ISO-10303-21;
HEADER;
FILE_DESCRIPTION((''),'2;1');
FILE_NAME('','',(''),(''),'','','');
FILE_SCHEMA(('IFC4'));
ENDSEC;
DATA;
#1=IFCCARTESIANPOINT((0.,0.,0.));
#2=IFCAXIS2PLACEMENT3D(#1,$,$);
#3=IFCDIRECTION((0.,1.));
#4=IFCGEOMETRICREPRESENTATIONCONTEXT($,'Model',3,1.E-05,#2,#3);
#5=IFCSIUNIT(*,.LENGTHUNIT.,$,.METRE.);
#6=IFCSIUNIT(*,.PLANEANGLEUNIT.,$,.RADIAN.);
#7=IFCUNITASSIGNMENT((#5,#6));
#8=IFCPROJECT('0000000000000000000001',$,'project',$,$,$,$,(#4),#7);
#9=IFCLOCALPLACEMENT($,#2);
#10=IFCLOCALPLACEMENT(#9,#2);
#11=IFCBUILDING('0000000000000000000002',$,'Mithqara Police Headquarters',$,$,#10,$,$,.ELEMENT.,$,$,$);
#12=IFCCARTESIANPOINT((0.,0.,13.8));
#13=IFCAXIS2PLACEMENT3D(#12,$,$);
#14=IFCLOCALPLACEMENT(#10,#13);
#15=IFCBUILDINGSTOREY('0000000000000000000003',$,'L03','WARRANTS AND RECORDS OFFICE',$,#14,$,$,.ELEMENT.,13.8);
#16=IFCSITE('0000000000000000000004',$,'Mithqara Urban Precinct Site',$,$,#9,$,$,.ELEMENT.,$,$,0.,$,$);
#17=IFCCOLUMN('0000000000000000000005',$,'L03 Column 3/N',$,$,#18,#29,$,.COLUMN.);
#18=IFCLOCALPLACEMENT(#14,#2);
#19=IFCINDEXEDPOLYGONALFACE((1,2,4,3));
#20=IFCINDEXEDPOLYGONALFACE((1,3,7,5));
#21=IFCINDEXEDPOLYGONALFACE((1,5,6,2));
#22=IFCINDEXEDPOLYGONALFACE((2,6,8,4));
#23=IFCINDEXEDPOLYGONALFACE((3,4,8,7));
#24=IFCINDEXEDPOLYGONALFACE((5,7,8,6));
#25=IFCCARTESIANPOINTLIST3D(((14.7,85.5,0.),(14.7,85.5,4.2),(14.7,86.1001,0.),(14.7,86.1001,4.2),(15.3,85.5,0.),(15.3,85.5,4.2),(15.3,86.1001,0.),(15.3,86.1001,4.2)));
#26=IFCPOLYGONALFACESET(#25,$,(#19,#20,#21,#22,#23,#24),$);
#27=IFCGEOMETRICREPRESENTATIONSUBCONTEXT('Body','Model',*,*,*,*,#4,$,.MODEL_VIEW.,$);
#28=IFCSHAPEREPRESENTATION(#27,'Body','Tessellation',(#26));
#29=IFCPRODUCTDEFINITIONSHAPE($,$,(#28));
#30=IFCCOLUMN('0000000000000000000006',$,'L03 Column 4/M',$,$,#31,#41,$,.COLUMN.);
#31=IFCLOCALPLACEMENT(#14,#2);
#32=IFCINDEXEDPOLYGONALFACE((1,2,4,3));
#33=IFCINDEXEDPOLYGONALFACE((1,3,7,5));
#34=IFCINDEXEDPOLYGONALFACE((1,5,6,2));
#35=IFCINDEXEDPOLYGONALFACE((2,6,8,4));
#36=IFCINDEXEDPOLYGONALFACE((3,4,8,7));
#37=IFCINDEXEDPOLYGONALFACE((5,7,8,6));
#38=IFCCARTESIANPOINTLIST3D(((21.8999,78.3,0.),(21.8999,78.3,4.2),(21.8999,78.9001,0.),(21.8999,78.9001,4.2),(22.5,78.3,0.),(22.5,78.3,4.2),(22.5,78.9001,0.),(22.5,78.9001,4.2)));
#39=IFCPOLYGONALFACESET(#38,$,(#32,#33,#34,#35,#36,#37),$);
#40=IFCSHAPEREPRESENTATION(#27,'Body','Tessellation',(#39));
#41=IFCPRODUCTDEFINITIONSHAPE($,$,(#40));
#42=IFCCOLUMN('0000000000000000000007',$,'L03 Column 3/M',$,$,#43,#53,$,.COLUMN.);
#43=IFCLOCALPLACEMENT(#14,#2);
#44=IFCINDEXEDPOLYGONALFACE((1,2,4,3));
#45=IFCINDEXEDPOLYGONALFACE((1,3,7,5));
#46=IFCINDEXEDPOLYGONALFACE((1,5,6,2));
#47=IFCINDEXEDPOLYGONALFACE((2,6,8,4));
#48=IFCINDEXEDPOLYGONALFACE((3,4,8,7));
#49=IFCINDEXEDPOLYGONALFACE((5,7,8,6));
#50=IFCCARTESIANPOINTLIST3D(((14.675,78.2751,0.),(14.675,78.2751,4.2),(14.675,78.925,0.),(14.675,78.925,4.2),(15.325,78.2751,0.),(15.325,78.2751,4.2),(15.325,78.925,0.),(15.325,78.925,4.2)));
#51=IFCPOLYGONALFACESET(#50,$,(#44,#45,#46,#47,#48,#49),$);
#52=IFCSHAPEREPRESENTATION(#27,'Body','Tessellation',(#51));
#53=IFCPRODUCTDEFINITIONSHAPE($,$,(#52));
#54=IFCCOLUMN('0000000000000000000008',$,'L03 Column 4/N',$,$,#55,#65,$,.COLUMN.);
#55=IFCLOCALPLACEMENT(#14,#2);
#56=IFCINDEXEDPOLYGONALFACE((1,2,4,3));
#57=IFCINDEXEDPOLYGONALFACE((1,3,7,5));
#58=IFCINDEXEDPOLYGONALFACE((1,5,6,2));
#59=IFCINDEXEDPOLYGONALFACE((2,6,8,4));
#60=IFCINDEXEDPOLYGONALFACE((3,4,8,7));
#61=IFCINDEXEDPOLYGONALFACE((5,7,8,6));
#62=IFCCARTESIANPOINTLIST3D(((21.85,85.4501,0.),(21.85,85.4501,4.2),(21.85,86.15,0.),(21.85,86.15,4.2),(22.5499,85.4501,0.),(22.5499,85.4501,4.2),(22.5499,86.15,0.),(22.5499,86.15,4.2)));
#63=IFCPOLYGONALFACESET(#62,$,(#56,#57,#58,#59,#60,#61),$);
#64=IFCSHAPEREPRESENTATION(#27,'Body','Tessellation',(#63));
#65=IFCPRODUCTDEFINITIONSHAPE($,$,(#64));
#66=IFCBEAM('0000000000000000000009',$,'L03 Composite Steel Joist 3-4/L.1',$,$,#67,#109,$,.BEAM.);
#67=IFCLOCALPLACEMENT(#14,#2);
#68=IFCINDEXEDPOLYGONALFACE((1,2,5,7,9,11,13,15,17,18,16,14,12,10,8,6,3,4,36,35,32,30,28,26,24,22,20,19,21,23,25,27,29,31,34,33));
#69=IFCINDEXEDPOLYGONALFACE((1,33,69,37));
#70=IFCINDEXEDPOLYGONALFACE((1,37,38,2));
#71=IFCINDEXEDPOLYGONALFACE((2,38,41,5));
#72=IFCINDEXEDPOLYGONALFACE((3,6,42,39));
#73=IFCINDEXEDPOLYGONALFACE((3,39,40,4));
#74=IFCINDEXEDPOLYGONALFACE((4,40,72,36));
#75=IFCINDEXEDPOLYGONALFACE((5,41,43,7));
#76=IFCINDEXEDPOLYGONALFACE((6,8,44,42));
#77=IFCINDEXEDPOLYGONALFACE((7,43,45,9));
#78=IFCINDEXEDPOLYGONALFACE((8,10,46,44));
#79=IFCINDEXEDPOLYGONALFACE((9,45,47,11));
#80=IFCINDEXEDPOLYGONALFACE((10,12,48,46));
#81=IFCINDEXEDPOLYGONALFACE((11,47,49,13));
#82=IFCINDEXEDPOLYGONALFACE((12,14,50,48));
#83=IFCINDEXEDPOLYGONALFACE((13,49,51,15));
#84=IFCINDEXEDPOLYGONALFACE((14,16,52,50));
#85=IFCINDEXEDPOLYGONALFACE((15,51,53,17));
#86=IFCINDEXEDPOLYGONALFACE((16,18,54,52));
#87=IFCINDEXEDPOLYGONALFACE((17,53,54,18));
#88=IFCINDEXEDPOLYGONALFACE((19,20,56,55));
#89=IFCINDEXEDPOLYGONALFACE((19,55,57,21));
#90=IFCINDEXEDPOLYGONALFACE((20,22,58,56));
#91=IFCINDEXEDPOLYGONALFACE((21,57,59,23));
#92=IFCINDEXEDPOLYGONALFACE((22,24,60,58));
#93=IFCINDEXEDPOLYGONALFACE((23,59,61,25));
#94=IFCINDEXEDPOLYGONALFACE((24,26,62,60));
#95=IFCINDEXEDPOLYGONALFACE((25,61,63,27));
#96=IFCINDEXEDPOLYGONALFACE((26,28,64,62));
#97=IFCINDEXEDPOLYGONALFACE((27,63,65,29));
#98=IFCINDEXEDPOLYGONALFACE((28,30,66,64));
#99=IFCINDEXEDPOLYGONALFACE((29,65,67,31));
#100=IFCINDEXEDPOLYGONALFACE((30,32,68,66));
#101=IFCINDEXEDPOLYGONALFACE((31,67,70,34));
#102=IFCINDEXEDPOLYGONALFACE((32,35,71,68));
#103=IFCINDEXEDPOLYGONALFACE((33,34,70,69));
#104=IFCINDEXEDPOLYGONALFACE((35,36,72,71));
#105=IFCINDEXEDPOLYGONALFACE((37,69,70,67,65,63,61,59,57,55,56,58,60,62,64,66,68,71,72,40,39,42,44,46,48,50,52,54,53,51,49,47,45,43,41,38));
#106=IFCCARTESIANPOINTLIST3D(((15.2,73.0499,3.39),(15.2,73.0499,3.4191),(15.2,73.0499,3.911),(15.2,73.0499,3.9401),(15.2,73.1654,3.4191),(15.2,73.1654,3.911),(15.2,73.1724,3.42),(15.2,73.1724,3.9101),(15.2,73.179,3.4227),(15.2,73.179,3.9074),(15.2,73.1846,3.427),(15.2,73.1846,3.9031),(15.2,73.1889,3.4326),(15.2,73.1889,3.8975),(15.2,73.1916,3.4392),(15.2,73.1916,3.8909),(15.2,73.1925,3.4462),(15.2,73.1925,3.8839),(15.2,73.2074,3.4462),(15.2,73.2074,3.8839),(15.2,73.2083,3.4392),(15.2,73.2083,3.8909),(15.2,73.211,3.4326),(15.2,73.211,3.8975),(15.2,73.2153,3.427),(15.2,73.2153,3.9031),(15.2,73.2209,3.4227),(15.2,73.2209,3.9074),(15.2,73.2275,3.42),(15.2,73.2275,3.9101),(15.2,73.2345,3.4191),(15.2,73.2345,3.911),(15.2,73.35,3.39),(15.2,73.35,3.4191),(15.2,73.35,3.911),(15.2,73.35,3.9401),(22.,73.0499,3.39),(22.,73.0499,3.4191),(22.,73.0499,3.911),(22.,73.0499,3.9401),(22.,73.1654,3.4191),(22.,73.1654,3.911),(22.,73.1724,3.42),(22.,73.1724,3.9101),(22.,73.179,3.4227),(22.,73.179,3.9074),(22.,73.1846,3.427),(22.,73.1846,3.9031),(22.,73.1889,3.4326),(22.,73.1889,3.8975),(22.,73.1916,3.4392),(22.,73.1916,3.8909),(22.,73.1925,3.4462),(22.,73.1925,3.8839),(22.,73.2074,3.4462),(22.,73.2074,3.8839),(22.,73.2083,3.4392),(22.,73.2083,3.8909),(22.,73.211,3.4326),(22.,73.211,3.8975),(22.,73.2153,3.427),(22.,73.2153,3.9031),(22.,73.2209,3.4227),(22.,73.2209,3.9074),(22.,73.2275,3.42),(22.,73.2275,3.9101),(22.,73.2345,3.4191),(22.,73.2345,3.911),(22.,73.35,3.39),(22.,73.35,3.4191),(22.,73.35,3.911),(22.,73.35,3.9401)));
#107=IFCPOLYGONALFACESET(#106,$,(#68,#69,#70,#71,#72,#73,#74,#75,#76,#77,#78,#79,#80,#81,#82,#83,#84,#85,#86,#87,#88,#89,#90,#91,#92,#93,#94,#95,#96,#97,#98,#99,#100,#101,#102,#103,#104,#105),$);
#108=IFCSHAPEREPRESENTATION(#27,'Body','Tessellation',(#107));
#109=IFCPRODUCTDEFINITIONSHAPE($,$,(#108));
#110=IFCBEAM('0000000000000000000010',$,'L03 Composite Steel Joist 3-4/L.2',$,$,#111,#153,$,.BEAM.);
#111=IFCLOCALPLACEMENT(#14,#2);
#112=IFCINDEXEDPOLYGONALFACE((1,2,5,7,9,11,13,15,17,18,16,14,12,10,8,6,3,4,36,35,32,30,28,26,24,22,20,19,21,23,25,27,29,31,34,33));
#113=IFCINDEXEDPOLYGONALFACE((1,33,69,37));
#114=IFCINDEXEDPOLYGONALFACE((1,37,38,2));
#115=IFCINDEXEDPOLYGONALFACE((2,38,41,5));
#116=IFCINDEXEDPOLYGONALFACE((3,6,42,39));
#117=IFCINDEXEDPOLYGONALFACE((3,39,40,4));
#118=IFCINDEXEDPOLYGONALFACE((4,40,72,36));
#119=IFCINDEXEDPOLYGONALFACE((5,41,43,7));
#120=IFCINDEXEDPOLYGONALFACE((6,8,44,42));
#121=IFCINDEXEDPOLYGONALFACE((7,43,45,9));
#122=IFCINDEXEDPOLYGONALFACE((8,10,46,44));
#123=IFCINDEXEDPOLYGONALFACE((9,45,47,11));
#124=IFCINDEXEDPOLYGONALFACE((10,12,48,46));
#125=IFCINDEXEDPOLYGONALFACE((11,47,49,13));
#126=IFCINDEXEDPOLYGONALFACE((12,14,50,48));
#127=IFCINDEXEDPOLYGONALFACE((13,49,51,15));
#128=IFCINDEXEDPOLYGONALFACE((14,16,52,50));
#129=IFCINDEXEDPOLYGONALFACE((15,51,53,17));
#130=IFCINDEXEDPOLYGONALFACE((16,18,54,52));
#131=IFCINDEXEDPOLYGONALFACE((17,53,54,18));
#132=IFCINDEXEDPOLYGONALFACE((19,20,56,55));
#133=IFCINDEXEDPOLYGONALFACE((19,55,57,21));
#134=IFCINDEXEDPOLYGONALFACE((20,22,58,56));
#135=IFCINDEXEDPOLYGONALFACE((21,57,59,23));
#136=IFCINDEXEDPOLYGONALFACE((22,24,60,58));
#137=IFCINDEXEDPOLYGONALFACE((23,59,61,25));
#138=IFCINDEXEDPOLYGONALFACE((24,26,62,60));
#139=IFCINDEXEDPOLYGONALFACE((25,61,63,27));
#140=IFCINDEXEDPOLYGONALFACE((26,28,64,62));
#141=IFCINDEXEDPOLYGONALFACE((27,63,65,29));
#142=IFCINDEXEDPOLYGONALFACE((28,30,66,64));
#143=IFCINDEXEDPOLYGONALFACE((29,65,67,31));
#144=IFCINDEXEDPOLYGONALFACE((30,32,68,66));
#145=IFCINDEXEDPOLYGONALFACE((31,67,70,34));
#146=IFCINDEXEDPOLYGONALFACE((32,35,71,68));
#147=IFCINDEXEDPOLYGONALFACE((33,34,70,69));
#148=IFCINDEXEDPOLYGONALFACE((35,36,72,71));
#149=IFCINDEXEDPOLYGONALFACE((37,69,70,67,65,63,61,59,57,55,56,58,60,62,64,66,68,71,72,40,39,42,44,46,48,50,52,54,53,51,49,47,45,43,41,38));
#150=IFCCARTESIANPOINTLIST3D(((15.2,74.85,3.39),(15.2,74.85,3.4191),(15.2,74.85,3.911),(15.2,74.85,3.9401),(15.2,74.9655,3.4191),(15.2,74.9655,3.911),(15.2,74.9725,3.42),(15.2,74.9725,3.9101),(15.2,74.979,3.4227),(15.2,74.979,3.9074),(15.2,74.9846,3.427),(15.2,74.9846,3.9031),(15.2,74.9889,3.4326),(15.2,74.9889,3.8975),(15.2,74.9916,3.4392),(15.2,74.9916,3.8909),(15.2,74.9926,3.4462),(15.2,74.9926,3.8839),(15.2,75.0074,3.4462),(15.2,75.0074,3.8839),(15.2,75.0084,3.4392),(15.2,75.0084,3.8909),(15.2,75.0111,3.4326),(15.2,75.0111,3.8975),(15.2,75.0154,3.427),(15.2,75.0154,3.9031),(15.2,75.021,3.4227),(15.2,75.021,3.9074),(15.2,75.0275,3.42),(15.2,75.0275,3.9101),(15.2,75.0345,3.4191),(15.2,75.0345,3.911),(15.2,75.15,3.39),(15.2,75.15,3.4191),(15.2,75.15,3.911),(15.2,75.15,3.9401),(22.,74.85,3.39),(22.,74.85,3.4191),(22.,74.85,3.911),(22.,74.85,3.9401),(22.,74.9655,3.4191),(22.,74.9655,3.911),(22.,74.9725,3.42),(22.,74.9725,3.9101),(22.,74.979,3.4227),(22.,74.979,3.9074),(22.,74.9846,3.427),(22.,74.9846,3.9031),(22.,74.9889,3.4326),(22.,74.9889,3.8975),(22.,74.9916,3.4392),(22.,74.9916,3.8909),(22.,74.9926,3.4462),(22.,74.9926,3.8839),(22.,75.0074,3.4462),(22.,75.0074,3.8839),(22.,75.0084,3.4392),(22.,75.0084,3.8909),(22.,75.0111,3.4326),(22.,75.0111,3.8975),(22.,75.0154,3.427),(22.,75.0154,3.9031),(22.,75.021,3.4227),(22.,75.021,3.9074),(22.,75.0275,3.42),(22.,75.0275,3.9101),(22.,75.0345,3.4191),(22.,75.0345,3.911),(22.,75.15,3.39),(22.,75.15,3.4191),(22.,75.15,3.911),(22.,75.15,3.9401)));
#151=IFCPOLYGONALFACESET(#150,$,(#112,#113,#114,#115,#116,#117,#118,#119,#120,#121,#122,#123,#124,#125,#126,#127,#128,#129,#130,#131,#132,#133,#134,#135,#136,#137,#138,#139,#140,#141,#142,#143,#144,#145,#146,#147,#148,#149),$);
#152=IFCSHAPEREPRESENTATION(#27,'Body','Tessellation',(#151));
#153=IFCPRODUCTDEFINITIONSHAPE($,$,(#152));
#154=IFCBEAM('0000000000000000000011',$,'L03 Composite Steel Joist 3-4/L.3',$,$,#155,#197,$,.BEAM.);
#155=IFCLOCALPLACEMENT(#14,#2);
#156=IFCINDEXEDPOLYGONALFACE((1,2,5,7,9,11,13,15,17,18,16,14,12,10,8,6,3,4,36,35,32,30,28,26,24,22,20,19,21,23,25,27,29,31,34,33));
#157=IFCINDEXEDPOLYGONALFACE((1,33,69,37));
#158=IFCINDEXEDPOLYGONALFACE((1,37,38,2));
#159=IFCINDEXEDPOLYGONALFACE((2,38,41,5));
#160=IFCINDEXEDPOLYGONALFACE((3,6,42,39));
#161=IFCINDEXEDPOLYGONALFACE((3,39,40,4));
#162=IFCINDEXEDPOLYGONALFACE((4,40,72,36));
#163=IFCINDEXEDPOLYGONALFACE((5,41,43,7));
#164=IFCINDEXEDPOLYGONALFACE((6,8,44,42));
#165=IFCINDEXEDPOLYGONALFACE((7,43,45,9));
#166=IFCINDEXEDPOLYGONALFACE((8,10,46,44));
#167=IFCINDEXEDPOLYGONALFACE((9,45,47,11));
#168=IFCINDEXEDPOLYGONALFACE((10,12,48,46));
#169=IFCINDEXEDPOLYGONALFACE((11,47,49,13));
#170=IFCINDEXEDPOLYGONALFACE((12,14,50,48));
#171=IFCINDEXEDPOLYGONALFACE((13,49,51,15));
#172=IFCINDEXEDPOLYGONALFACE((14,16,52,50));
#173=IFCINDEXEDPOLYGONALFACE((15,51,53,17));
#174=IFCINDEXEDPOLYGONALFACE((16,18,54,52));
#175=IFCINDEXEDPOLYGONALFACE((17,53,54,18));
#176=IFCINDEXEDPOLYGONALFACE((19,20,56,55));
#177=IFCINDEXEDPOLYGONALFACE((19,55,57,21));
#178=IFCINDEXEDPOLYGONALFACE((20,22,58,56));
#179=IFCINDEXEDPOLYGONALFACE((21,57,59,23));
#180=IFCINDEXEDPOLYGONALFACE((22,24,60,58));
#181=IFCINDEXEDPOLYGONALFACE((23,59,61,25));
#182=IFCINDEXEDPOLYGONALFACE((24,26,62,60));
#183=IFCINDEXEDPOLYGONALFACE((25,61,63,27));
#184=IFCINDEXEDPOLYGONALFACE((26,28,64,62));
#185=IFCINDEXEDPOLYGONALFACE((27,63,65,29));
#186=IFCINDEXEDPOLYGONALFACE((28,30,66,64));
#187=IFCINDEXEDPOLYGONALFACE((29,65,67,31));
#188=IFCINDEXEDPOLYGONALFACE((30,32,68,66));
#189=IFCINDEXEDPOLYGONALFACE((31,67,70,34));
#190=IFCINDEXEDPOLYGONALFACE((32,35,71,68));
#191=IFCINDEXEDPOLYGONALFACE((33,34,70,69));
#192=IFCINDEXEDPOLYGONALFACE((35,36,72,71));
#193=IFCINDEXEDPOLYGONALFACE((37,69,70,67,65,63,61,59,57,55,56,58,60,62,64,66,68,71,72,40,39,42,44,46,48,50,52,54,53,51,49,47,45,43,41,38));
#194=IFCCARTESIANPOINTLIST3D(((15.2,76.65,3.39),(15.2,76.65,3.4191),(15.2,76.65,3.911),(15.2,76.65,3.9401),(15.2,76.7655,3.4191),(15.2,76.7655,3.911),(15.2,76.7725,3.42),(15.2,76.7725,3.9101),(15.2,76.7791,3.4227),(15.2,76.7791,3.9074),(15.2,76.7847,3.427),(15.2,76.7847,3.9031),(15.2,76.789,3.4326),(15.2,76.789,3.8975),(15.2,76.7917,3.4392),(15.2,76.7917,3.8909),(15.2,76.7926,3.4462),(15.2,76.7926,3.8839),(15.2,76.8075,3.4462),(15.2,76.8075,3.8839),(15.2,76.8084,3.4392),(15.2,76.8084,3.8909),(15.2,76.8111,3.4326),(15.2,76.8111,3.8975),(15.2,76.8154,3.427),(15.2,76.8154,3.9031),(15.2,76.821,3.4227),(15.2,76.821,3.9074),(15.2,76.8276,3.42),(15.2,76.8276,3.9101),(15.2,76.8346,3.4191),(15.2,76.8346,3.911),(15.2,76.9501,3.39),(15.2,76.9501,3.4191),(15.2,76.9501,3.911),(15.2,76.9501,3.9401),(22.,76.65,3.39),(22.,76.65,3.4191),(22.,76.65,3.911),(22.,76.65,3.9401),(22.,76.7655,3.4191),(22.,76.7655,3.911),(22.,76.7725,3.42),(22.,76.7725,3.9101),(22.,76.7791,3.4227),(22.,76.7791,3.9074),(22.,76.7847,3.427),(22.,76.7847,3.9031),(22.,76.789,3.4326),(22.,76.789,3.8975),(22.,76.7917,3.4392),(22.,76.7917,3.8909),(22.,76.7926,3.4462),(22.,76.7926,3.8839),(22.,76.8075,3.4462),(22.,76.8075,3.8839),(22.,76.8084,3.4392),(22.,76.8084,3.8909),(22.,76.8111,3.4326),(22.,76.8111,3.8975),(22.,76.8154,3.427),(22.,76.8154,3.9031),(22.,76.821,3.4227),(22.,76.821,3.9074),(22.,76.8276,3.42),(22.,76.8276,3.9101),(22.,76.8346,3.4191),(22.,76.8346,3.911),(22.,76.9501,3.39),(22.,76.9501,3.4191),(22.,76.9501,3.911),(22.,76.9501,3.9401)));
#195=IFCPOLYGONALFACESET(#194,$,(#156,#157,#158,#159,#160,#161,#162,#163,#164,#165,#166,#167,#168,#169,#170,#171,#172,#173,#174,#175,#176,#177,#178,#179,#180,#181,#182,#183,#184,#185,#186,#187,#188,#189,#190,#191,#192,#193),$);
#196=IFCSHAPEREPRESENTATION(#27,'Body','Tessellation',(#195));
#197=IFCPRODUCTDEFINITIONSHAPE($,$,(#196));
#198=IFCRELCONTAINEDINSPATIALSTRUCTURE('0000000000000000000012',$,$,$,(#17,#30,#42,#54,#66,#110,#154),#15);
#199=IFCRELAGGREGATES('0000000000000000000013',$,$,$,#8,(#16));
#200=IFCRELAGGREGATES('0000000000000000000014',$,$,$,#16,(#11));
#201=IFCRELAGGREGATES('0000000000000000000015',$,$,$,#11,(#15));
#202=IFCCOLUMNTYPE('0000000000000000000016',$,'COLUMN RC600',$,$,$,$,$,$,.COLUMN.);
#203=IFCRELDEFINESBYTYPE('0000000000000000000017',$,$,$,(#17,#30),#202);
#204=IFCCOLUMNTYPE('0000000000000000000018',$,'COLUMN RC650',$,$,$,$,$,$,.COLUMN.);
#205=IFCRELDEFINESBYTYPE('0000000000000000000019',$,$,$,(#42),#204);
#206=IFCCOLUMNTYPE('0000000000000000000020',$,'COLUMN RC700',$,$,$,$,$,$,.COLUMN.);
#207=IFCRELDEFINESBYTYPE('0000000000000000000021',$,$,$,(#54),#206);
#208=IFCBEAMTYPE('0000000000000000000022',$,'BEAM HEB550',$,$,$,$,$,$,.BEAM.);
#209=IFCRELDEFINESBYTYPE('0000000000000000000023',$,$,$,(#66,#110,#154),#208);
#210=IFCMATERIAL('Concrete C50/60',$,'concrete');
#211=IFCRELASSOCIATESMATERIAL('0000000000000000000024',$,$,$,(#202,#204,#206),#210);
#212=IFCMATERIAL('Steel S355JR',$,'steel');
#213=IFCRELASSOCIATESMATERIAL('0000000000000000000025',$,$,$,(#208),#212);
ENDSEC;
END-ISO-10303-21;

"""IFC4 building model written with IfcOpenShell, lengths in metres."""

from ifc_helpers import new_model, si_unit, direction, frame, origin, origin_2d, place, context, subcontext, project, spatial, rectangle, i_section, extrude, material, material_profile, profile_set, type_object, element, save


model = new_model("IFC4")

# Units and contexts
model_context = context("Model", 3, precision=1e-05, world=origin(), true_north=direction((0.0, 1.0)))
body_context = subcontext(model_context, "Body", "Model", "MODEL_VIEW")
ifc_project = project(units=[si_unit("LENGTHUNIT", "METRE"), si_unit("PLANEANGLEUNIT", "RADIAN")], contexts=[model_context])

# Site, building, storey
site_placement = place(None, origin())
site = spatial("IfcSite", under=ifc_project, at=site_placement, Name="Mithqara Urban Precinct Site", CompositionType="ELEMENT", RefElevation=0.0)
building_placement = place(site_placement, origin())
building = spatial("IfcBuilding", under=site, at=building_placement, Name="Mithqara Police Headquarters", CompositionType="ELEMENT")
storey_placement = place(building_placement, frame((0.0, 0.0, 13.8)))
storey = spatial("IfcBuildingStorey", under=building, at=storey_placement, Name="L03", Description="WARRANTS AND RECORDS OFFICE", CompositionType="ELEMENT", Elevation=13.8)

# Columns
ifc_material_1 = material(Name="Concrete C50/60", Category="concrete")
ifc_material_profile_1 = material_profile(ifc_material_1, rectangle(XDim=0.6001, YDim=0.6001, at=origin_2d()), Name="RC 600x600")
ifc_profile_set_1 = profile_set([ifc_material_profile_1], Name="Concrete C50/60")
column_type_1 = type_object("IfcColumnType", Name="COLUMN RC600", PredefinedType="COLUMN", material=ifc_profile_set_1)
for number, where, z_axis, x_axis, name in (
    (1, (15.0, 85.8, 0.0), (0.0, 0.0, 1.0), (1.0, 0.0, 0.0), "L03 Column 3/N"),
    (2, (22.2, 78.6001, 0.0), (0.0, 0.0, 1.0), (1.0, 0.0, 0.0), "L03 Column 4/M"),
):
    element("IfcColumn", number, at=place(storey_placement, frame(where, z_axis=z_axis, x_axis=x_axis)), inside=storey, type_object=column_type_1, Name=name, PredefinedType="COLUMN", context=body_context, shape_type="SweptSolid", body=[
        extrude(rectangle(XDim=0.6001, YDim=0.6001, at=origin_2d()), origin(), (0.0, 0.0, 1.0), 4.2),
    ])
ifc_material_profile_2 = material_profile(ifc_material_1, rectangle(XDim=0.6499, YDim=0.6499, at=origin_2d()), Name="RC 650x650")
ifc_profile_set_2 = profile_set([ifc_material_profile_2], Name="Concrete C50/60")
column_type_2 = type_object("IfcColumnType", Name="COLUMN RC650", PredefinedType="COLUMN", material=ifc_profile_set_2)
column_1_placement = place(storey_placement, frame((15.0, 78.6001, 0.0), z_axis=(0.0, 0.0, 1.0), x_axis=(1.0, 0.0, 0.0)))
element("IfcColumn", 3, at=column_1_placement, inside=storey, type_object=column_type_2, Name="L03 Column 3/M", PredefinedType="COLUMN", context=body_context, shape_type="SweptSolid", body=[
    extrude(rectangle(XDim=0.6499, YDim=0.6499, at=origin_2d()), origin(), (0.0, 0.0, 1.0), 4.2),
])
ifc_material_profile_3 = material_profile(ifc_material_1, rectangle(XDim=0.7, YDim=0.7, at=origin_2d()), Name="RC 700x700")
ifc_profile_set_3 = profile_set([ifc_material_profile_3], Name="Concrete C50/60")
column_type_3 = type_object("IfcColumnType", Name="COLUMN RC700", PredefinedType="COLUMN", material=ifc_profile_set_3)
column_2_placement = place(storey_placement, frame((22.2, 85.8, 0.0), z_axis=(0.0, 0.0, 1.0), x_axis=(1.0, 0.0, 0.0)))
element("IfcColumn", 4, at=column_2_placement, inside=storey, type_object=column_type_3, Name="L03 Column 4/N", PredefinedType="COLUMN", context=body_context, shape_type="SweptSolid", body=[
    extrude(rectangle(XDim=0.7, YDim=0.7, at=origin_2d()), origin(), (0.0, 0.0, 1.0), 4.2),
])

# Beams
ifc_material_2 = material(Name="Steel S355JR", Category="steel")
ifc_material_profile_4 = material_profile(ifc_material_2, i_section(OverallWidth=0.3, OverallDepth=0.55, WebThickness=0.0149, FlangeThickness=0.0291, FilletRadius=0.0271, at=origin_2d()), Name="HEB 550")
ifc_profile_set_4 = profile_set([ifc_material_profile_4], Name="Steel S355JR")
beam_type_1 = type_object("IfcBeamType", Name="BEAM HEB550", PredefinedType="BEAM", material=ifc_profile_set_4)
for number, where, z_axis, x_axis, name in (
    (5, (15.2, 73.2, 3.665), (1.0, 0.0, 0.0), (0.0, 1.0, 0.0), "L03 Composite Steel Joist 3-4/L.1"),
    (6, (15.2, 75.0, 3.665), (1.0, 0.0, 0.0), (0.0, 1.0, 0.0), "L03 Composite Steel Joist 3-4/L.2"),
    (7, (15.2, 76.8, 3.665), (1.0, 0.0, 0.0), (0.0, 1.0, 0.0), "L03 Composite Steel Joist 3-4/L.3"),
):
    element("IfcBeam", number, at=place(storey_placement, frame(where, z_axis=z_axis, x_axis=x_axis)), inside=storey, type_object=beam_type_1, Name=name, PredefinedType="BEAM", context=body_context, shape_type="SweptSolid", body=[
        extrude(i_section(OverallWidth=0.3, OverallDepth=0.55, WebThickness=0.0149, FlangeThickness=0.0291, FilletRadius=0.0271, at=origin_2d()), origin(), (0.0, 0.0, 1.0), 6.8),
    ])

save(model, "model.ifc")
